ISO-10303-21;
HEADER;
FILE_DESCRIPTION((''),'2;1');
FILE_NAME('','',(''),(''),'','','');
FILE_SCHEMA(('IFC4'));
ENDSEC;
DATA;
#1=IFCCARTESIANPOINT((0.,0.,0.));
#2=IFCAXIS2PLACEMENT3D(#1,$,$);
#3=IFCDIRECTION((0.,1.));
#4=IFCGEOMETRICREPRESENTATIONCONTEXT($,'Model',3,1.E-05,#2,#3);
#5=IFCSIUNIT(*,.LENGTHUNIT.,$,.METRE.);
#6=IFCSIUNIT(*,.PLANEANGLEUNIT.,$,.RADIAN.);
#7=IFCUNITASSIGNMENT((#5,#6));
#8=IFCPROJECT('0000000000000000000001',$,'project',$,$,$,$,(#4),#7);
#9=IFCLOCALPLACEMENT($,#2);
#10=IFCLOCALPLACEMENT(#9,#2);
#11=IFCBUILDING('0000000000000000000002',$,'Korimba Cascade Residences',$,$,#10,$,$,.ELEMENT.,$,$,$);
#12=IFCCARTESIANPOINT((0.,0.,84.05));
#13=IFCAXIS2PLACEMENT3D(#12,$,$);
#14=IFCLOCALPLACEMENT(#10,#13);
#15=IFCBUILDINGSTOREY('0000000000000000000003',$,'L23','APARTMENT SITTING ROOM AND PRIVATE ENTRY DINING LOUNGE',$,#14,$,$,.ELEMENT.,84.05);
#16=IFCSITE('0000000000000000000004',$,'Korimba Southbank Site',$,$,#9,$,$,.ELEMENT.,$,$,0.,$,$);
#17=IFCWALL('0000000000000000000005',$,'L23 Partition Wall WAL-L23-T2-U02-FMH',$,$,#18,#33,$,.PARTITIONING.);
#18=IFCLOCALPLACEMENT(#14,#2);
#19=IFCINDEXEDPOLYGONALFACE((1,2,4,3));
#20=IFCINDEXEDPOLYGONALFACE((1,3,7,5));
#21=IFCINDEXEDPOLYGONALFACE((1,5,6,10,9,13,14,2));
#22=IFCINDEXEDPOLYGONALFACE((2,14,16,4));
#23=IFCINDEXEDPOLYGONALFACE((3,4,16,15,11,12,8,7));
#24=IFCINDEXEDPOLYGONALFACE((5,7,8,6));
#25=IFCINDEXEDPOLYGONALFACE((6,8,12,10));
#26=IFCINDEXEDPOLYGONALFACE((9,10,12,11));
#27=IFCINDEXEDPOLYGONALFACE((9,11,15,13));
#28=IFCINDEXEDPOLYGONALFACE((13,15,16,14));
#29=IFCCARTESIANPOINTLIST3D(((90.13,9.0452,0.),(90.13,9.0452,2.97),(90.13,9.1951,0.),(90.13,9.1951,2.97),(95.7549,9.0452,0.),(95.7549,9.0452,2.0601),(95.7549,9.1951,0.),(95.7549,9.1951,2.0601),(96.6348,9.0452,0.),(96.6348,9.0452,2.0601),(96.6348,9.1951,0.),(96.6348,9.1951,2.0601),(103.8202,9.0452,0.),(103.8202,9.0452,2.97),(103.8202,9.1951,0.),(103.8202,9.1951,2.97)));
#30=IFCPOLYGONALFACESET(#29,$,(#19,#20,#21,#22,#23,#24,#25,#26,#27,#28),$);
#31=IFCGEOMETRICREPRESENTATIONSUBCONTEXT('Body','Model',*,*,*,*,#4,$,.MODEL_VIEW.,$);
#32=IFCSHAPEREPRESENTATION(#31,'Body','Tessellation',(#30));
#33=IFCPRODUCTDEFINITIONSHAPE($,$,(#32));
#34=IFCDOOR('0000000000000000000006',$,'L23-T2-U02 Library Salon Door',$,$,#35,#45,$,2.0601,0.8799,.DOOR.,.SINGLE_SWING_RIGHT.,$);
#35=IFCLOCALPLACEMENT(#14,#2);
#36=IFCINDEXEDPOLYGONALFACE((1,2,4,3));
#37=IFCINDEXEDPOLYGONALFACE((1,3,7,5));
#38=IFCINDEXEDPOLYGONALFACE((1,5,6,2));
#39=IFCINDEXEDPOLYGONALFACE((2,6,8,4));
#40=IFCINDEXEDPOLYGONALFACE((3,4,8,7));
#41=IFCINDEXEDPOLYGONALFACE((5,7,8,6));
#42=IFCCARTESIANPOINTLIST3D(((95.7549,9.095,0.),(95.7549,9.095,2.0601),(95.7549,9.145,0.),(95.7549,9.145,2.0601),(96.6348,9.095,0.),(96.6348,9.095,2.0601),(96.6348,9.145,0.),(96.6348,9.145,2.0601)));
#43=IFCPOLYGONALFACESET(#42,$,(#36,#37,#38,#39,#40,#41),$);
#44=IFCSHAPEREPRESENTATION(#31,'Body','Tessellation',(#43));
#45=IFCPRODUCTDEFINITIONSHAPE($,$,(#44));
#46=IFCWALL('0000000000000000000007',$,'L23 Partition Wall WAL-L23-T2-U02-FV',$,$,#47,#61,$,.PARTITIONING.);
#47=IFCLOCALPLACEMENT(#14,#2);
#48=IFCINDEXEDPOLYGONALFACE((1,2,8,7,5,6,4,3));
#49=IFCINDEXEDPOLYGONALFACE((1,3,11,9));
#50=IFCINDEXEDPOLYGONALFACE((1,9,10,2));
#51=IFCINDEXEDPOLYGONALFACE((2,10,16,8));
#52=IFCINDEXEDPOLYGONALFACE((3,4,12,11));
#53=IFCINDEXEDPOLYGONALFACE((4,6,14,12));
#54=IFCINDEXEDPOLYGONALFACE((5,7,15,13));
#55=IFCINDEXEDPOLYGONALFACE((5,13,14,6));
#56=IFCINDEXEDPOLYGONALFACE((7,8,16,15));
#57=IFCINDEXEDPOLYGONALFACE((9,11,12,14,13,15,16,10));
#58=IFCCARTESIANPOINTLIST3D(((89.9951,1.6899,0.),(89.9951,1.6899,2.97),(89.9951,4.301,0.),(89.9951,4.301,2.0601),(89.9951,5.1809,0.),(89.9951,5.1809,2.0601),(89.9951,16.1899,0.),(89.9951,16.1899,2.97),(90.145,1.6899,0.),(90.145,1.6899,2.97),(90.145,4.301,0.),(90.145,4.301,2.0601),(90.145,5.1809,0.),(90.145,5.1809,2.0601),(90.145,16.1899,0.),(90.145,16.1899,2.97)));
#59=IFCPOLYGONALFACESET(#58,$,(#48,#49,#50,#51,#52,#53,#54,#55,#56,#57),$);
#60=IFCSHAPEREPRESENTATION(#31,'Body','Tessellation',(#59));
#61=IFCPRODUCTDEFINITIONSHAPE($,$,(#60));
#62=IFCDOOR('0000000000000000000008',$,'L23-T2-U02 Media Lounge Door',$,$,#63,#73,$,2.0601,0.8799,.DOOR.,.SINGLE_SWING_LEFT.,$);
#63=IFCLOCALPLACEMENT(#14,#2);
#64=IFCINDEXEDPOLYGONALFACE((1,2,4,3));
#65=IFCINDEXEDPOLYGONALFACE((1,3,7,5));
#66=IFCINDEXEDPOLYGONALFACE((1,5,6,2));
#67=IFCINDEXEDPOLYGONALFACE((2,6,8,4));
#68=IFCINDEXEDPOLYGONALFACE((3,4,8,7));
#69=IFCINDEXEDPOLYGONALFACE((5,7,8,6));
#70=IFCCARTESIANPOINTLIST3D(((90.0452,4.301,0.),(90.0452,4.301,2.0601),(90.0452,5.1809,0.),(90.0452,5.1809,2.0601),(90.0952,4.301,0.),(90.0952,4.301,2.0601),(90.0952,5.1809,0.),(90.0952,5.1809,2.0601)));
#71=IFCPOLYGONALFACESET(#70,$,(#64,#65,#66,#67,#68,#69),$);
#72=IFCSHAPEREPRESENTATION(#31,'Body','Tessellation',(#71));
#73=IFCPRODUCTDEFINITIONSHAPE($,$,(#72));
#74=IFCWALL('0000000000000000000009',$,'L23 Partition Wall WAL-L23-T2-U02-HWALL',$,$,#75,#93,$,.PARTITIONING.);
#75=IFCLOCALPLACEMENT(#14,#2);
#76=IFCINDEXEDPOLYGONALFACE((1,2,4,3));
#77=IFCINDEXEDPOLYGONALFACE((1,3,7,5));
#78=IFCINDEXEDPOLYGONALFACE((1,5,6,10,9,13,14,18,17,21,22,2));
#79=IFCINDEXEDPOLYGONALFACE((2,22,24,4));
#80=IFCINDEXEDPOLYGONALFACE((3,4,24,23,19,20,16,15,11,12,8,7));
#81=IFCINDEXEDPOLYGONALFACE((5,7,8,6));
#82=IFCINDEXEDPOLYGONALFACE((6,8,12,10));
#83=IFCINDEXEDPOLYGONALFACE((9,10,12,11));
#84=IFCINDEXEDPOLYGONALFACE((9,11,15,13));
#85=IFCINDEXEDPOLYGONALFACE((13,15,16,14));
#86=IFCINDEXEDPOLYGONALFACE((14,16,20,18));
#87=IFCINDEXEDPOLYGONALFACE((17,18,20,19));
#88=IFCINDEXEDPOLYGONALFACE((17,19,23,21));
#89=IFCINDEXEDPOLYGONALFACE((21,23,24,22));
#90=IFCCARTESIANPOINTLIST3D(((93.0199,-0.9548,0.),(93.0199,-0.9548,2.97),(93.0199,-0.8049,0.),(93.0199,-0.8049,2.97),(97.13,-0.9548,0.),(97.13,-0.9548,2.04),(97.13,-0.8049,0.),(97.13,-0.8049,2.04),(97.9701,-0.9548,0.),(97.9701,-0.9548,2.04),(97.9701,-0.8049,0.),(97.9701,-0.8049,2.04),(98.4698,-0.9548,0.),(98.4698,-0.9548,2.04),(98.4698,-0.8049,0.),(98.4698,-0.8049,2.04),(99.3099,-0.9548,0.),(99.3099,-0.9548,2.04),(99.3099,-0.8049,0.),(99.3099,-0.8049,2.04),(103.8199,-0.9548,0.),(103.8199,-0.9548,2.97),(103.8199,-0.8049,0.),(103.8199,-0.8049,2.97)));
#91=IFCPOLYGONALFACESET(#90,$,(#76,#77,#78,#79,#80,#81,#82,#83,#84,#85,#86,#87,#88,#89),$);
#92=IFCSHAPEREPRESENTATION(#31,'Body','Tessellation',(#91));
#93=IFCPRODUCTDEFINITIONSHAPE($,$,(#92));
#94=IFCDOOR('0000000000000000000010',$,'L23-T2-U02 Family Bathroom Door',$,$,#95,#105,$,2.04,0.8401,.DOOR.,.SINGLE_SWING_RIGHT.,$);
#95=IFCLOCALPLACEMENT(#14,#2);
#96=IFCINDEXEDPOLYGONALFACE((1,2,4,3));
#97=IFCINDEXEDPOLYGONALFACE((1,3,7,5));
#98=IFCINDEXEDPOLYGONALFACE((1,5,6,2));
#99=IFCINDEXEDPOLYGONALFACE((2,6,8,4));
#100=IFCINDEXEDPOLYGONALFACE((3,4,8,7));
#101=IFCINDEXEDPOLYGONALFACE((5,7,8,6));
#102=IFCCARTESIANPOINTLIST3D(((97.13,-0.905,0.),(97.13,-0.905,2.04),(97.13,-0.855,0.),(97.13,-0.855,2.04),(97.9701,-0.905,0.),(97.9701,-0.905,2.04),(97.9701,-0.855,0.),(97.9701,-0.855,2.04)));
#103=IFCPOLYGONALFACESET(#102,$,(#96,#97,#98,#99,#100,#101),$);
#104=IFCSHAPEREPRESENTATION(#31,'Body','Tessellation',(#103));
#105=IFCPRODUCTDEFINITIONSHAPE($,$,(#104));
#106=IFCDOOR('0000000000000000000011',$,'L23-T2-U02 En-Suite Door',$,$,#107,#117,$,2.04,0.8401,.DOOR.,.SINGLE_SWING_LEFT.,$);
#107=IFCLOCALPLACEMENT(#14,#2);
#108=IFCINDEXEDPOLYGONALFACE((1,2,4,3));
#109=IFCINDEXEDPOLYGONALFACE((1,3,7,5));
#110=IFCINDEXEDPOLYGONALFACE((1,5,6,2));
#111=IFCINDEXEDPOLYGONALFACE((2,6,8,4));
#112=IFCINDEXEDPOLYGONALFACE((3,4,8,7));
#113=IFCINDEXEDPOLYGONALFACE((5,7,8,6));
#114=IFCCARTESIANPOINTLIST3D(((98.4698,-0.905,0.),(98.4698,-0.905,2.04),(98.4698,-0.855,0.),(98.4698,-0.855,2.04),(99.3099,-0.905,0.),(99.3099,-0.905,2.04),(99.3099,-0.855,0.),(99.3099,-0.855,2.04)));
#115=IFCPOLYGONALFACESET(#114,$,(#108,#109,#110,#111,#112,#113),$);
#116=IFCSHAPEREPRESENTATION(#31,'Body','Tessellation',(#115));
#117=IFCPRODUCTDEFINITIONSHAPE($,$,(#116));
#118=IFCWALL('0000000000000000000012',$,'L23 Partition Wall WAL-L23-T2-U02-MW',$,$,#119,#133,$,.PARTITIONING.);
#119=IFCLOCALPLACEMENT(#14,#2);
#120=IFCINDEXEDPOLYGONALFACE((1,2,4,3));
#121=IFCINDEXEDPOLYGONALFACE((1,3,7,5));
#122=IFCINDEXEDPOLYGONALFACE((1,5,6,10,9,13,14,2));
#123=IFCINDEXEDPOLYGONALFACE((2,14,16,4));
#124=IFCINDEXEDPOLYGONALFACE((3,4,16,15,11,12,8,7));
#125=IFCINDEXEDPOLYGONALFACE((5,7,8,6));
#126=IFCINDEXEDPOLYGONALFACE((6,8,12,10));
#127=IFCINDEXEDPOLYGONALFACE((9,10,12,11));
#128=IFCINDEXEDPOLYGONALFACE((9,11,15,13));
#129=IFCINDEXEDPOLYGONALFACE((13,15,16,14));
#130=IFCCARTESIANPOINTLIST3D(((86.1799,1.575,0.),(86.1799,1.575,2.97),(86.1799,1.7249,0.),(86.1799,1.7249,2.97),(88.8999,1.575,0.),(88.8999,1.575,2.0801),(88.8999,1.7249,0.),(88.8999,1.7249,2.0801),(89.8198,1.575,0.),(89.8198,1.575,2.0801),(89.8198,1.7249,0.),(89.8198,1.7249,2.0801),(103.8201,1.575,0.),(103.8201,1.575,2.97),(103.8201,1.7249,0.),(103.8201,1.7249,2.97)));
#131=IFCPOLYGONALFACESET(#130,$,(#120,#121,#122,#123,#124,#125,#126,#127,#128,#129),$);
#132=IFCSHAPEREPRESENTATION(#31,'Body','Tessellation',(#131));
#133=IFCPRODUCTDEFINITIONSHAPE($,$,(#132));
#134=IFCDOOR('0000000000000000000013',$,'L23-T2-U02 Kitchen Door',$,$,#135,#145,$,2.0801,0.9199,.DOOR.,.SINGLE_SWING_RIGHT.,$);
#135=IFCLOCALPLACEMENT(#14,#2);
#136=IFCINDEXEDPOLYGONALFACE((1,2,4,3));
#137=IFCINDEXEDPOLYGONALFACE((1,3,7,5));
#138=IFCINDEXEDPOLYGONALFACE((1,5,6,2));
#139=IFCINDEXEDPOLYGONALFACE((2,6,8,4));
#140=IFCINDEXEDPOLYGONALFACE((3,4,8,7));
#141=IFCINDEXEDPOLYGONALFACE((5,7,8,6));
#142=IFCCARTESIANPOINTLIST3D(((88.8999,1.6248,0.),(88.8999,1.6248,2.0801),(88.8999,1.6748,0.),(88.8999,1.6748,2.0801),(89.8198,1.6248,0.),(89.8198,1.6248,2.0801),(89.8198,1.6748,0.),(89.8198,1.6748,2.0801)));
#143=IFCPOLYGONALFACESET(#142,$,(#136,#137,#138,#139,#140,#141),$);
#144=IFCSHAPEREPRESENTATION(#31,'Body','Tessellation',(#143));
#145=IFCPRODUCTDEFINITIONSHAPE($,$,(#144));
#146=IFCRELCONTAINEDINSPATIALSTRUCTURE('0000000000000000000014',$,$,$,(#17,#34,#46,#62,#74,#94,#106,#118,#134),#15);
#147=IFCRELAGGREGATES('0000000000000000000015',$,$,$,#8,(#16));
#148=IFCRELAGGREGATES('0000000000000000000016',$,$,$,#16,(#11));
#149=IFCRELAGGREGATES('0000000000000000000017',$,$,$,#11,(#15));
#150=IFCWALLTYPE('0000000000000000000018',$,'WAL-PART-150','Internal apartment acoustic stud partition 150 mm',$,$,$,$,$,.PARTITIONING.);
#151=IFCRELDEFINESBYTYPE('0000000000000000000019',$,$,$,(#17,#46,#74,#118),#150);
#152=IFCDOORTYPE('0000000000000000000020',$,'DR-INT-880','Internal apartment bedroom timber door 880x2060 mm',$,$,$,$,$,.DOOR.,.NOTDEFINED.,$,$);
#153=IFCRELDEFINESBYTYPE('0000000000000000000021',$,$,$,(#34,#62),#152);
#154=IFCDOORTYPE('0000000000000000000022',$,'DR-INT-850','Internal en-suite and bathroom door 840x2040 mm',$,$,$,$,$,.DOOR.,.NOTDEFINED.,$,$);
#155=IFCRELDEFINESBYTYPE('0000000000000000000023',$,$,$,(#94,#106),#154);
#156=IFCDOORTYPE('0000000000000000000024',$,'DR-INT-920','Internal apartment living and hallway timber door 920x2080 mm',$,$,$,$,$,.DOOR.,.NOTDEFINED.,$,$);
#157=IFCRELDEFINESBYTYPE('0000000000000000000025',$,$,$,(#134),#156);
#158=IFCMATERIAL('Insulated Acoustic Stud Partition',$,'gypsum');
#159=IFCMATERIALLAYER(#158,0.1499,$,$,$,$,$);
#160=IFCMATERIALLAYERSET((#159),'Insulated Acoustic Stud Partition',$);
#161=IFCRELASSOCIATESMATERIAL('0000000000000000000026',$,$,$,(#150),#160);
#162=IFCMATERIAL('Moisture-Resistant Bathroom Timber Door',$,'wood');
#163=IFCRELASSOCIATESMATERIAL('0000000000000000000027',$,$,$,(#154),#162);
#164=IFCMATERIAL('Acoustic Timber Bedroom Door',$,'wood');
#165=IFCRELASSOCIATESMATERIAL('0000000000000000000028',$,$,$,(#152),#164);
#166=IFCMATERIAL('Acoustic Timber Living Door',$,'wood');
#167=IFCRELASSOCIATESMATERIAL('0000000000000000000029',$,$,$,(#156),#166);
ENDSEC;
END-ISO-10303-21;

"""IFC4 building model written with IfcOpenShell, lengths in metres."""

from ifc_helpers import new_model, si_unit, direction, frame, frame_2d, origin, place, context, subcontext, project, spatial, rectangle, extrude, material, layer, layer_set, type_object, element, fill, save


model = new_model("IFC4")

# Units and contexts
model_context = context("Model", 3, precision=1e-05, world=origin(), true_north=direction((0.0, 1.0)))
body_context = subcontext(model_context, "Body", "Model", "MODEL_VIEW")
ifc_project = project(units=[si_unit("LENGTHUNIT", "METRE"), si_unit("PLANEANGLEUNIT", "RADIAN")], contexts=[model_context])

# Site, building, storey
site_placement = place(None, origin())
site = spatial("IfcSite", under=ifc_project, at=site_placement, Name="Korimba Southbank Site", CompositionType="ELEMENT", RefElevation=0.0)
building_placement = place(site_placement, origin())
building = spatial("IfcBuilding", under=site, at=building_placement, Name="Korimba Cascade Residences", CompositionType="ELEMENT")
storey_placement = place(building_placement, frame((0.0, 0.0, 84.05)))
storey = spatial("IfcBuildingStorey", under=building, at=storey_placement, Name="L23", Description="APARTMENT SITTING ROOM AND PRIVATE ENTRY DINING LOUNGE", CompositionType="ELEMENT", Elevation=84.05)

# Walls, openings, doors
ifc_material_1 = material(Name="Insulated Acoustic Stud Partition", Category="gypsum")
ifc_layer_1 = layer(ifc_material_1, 0.1499)
ifc_layer_set_1 = layer_set([ifc_layer_1], Name="Insulated Acoustic Stud Partition")
wall_type_1 = type_object("IfcWallType", Name="WAL-PART-150", Description="Internal apartment acoustic stud partition 150 mm", PredefinedType="PARTITIONING", material=ifc_layer_set_1)
ifc_material_2 = material(Name="Moisture-Resistant Bathroom Timber Door", Category="wood")
door_type_1 = type_object("IfcDoorType", Name="DR-INT-850", Description="Internal en-suite and bathroom door 840x2040 mm", OperationType="NOTDEFINED", PredefinedType="DOOR", material=ifc_material_2)
wall_1_placement = place(storey_placement, frame((90.1299, 9.1201, 0.0), z_axis=(0.0, 0.0, 1.0), x_axis=(1.0, 0.0, 0.0)))
wall_1 = element("IfcWall", 1, at=wall_1_placement, inside=storey, type_object=wall_type_1, Name="L23 Partition Wall WAL-L23-T2-U02-FMH", PredefinedType="PARTITIONING", context=body_context, shape_type="SweptSolid", body=[
    extrude(rectangle(XDim=13.6902, YDim=0.1499, at=frame_2d((6.8452, 0.0))), origin(), (0.0, 0.0, 1.0), 2.97),
])
opening_1_placement = place(wall_1_placement, frame((5.625, 0.0, 0.0)))
opening_1 = element("IfcOpeningElement", 2, at=opening_1_placement, cuts=wall_1, PredefinedType="OPENING", context=body_context, shape_type="SweptSolid", body=[
    extrude(rectangle(XDim=0.8799, YDim=2.0601, at=frame_2d((0.4399, 1.03))), frame((0.0, 0.085, 0.0), z_axis=(0.0, -1.0, 0.0), x_axis=(1.0, 0.0, 0.0)), (0.0, 0.0, 1.0), 0.1699),
])
ifc_material_3 = material(Name="Acoustic Timber Bedroom Door", Category="wood")
door_type_2 = type_object("IfcDoorType", Name="DR-INT-880", Description="Internal apartment bedroom timber door 880x2060 mm", OperationType="NOTDEFINED", PredefinedType="DOOR", material=ifc_material_3)
door_1_placement = place(opening_1_placement, origin())
door_1 = element("IfcDoor", 3, at=door_1_placement, inside=storey, type_object=door_type_2, Name="L23-T2-U02 Library Salon Door", OperationType="SINGLE_SWING_RIGHT", OverallHeight=2.0601, OverallWidth=0.8799, PredefinedType="DOOR", context=body_context, shape_type="SweptSolid", body=[
    extrude(rectangle(XDim=0.8799, YDim=2.0601, at=frame_2d((0.4399, 1.03))), frame((0.0, 0.0249, 0.0), z_axis=(0.0, -1.0, 0.0), x_axis=(1.0, 0.0, 0.0)), (0.0, 0.0, 1.0), 0.05),
])
fill(opening_1, door_1)
wall_2_placement = place(storey_placement, frame((90.0701, 1.6899, 0.0), z_axis=(0.0, 0.0, 1.0), x_axis=(0.0, 1.0, 0.0)))
wall_2 = element("IfcWall", 4, at=wall_2_placement, inside=storey, type_object=wall_type_1, Name="L23 Partition Wall WAL-L23-T2-U02-FV", PredefinedType="PARTITIONING", context=body_context, shape_type="SweptSolid", body=[
    extrude(rectangle(XDim=14.5, YDim=0.1499, at=frame_2d((7.25, 0.0))), origin(), (0.0, 0.0, 1.0), 2.97),
])
opening_2_placement = place(wall_2_placement, frame((2.6111, 0.0, 0.0)))
opening_2 = element("IfcOpeningElement", 5, at=opening_2_placement, cuts=wall_2, PredefinedType="OPENING", context=body_context, shape_type="SweptSolid", body=[
    extrude(rectangle(XDim=0.8799, YDim=2.0601, at=frame_2d((0.4399, 1.03))), frame((0.0, 0.085, 0.0), z_axis=(0.0, -1.0, 0.0), x_axis=(1.0, 0.0, 0.0)), (0.0, 0.0, 1.0), 0.1699),
])
door_2_placement = place(opening_2_placement, origin())
door_2 = element("IfcDoor", 6, at=door_2_placement, inside=storey, type_object=door_type_2, Name="L23-T2-U02 Media Lounge Door", OperationType="SINGLE_SWING_LEFT", OverallHeight=2.0601, OverallWidth=0.8799, PredefinedType="DOOR", context=body_context, shape_type="SweptSolid", body=[
    extrude(rectangle(XDim=0.8799, YDim=2.0601, at=frame_2d((0.4399, 1.03))), frame((0.0, 0.0249, 0.0), z_axis=(0.0, -1.0, 0.0), x_axis=(1.0, 0.0, 0.0)), (0.0, 0.0, 1.0), 0.05),
])
fill(opening_2, door_2)

# Wall, openings, doors
wall_3_placement = place(storey_placement, frame((93.02, -0.8799, 0.0), z_axis=(0.0, 0.0, 1.0), x_axis=(1.0, 0.0, 0.0)))
wall_3 = element("IfcWall", 7, at=wall_3_placement, inside=storey, type_object=wall_type_1, Name="L23 Partition Wall WAL-L23-T2-U02-HWALL", PredefinedType="PARTITIONING", context=body_context, shape_type="SweptSolid", body=[
    extrude(rectangle(XDim=10.8, YDim=0.1499, at=frame_2d((5.3999, 0.0))), origin(), (0.0, 0.0, 1.0), 2.97),
])
opening_3_placement = place(wall_3_placement, frame((4.1101, 0.0, 0.0)))
opening_3 = element("IfcOpeningElement", 8, at=opening_3_placement, cuts=wall_3, PredefinedType="OPENING", context=body_context, shape_type="SweptSolid", body=[
    extrude(rectangle(XDim=0.8401, YDim=2.04, at=frame_2d((0.4199, 1.02))), frame((0.0, 0.085, 0.0), z_axis=(0.0, -1.0, 0.0), x_axis=(1.0, 0.0, 0.0)), (0.0, 0.0, 1.0), 0.1699),
])
opening_4_placement = place(wall_3_placement, frame((5.45, 0.0, 0.0)))
opening_4 = element("IfcOpeningElement", 9, at=opening_4_placement, cuts=wall_3, PredefinedType="OPENING", context=body_context, shape_type="SweptSolid", body=[
    extrude(rectangle(XDim=0.8401, YDim=2.04, at=frame_2d((0.4199, 1.02))), frame((0.0, 0.085, 0.0), z_axis=(0.0, -1.0, 0.0), x_axis=(1.0, 0.0, 0.0)), (0.0, 0.0, 1.0), 0.1699),
])
door_3_placement = place(opening_3_placement, origin())
door_3 = element("IfcDoor", 10, at=door_3_placement, inside=storey, type_object=door_type_1, Name="L23-T2-U02 Family Bathroom Door", OperationType="SINGLE_SWING_RIGHT", OverallHeight=2.04, OverallWidth=0.8401, PredefinedType="DOOR", context=body_context, shape_type="SweptSolid", body=[
    extrude(rectangle(XDim=0.8401, YDim=2.04, at=frame_2d((0.4199, 1.02))), frame((0.0, 0.0249, 0.0), z_axis=(0.0, -1.0, 0.0), x_axis=(1.0, 0.0, 0.0)), (0.0, 0.0, 1.0), 0.05),
])
fill(opening_3, door_3)
door_4_placement = place(opening_4_placement, origin())
door_4 = element("IfcDoor", 11, at=door_4_placement, inside=storey, type_object=door_type_1, Name="L23-T2-U02 En-Suite Door", OperationType="SINGLE_SWING_LEFT", OverallHeight=2.04, OverallWidth=0.8401, PredefinedType="DOOR", context=body_context, shape_type="SweptSolid", body=[
    extrude(rectangle(XDim=0.8401, YDim=2.04, at=frame_2d((0.4199, 1.02))), frame((0.0, 0.0249, 0.0), z_axis=(0.0, -1.0, 0.0), x_axis=(1.0, 0.0, 0.0)), (0.0, 0.0, 1.0), 0.05),
])
fill(opening_4, door_4)

# Wall, opening, door
wall_4_placement = place(storey_placement, frame((86.1799, 1.6499, 0.0), z_axis=(0.0, 0.0, 1.0), x_axis=(1.0, 0.0, 0.0)))
wall_4 = element("IfcWall", 12, at=wall_4_placement, inside=storey, type_object=wall_type_1, Name="L23 Partition Wall WAL-L23-T2-U02-MW", PredefinedType="PARTITIONING", context=body_context, shape_type="SweptSolid", body=[
    extrude(rectangle(XDim=17.6401, YDim=0.1499, at=frame_2d((8.8201, 0.0))), origin(), (0.0, 0.0, 1.0), 2.97),
])
opening_5_placement = place(wall_4_placement, frame((2.72, 0.0, 0.0)))
opening_5 = element("IfcOpeningElement", 13, at=opening_5_placement, cuts=wall_4, PredefinedType="OPENING", context=body_context, shape_type="SweptSolid", body=[
    extrude(rectangle(XDim=0.9199, YDim=2.0801, at=frame_2d((0.46, 1.04))), frame((0.0, 0.085, 0.0), z_axis=(0.0, -1.0, 0.0), x_axis=(1.0, 0.0, 0.0)), (0.0, 0.0, 1.0), 0.1699),
])
ifc_material_4 = material(Name="Acoustic Timber Living Door", Category="wood")
door_type_3 = type_object("IfcDoorType", Name="DR-INT-920", Description="Internal apartment living and hallway timber door 920x2080 mm", OperationType="NOTDEFINED", PredefinedType="DOOR", material=ifc_material_4)
door_5_placement = place(opening_5_placement, origin())
door_5 = element("IfcDoor", 14, at=door_5_placement, inside=storey, type_object=door_type_3, Name="L23-T2-U02 Kitchen Door", OperationType="SINGLE_SWING_RIGHT", OverallHeight=2.0801, OverallWidth=0.9199, PredefinedType="DOOR", context=body_context, shape_type="SweptSolid", body=[
    extrude(rectangle(XDim=0.9199, YDim=2.0801, at=frame_2d((0.46, 1.04))), frame((0.0, 0.0249, 0.0), z_axis=(0.0, -1.0, 0.0), x_axis=(1.0, 0.0, 0.0)), (0.0, 0.0, 1.0), 0.05),
])
fill(opening_5, door_5)

save(model, "model.ifc")
